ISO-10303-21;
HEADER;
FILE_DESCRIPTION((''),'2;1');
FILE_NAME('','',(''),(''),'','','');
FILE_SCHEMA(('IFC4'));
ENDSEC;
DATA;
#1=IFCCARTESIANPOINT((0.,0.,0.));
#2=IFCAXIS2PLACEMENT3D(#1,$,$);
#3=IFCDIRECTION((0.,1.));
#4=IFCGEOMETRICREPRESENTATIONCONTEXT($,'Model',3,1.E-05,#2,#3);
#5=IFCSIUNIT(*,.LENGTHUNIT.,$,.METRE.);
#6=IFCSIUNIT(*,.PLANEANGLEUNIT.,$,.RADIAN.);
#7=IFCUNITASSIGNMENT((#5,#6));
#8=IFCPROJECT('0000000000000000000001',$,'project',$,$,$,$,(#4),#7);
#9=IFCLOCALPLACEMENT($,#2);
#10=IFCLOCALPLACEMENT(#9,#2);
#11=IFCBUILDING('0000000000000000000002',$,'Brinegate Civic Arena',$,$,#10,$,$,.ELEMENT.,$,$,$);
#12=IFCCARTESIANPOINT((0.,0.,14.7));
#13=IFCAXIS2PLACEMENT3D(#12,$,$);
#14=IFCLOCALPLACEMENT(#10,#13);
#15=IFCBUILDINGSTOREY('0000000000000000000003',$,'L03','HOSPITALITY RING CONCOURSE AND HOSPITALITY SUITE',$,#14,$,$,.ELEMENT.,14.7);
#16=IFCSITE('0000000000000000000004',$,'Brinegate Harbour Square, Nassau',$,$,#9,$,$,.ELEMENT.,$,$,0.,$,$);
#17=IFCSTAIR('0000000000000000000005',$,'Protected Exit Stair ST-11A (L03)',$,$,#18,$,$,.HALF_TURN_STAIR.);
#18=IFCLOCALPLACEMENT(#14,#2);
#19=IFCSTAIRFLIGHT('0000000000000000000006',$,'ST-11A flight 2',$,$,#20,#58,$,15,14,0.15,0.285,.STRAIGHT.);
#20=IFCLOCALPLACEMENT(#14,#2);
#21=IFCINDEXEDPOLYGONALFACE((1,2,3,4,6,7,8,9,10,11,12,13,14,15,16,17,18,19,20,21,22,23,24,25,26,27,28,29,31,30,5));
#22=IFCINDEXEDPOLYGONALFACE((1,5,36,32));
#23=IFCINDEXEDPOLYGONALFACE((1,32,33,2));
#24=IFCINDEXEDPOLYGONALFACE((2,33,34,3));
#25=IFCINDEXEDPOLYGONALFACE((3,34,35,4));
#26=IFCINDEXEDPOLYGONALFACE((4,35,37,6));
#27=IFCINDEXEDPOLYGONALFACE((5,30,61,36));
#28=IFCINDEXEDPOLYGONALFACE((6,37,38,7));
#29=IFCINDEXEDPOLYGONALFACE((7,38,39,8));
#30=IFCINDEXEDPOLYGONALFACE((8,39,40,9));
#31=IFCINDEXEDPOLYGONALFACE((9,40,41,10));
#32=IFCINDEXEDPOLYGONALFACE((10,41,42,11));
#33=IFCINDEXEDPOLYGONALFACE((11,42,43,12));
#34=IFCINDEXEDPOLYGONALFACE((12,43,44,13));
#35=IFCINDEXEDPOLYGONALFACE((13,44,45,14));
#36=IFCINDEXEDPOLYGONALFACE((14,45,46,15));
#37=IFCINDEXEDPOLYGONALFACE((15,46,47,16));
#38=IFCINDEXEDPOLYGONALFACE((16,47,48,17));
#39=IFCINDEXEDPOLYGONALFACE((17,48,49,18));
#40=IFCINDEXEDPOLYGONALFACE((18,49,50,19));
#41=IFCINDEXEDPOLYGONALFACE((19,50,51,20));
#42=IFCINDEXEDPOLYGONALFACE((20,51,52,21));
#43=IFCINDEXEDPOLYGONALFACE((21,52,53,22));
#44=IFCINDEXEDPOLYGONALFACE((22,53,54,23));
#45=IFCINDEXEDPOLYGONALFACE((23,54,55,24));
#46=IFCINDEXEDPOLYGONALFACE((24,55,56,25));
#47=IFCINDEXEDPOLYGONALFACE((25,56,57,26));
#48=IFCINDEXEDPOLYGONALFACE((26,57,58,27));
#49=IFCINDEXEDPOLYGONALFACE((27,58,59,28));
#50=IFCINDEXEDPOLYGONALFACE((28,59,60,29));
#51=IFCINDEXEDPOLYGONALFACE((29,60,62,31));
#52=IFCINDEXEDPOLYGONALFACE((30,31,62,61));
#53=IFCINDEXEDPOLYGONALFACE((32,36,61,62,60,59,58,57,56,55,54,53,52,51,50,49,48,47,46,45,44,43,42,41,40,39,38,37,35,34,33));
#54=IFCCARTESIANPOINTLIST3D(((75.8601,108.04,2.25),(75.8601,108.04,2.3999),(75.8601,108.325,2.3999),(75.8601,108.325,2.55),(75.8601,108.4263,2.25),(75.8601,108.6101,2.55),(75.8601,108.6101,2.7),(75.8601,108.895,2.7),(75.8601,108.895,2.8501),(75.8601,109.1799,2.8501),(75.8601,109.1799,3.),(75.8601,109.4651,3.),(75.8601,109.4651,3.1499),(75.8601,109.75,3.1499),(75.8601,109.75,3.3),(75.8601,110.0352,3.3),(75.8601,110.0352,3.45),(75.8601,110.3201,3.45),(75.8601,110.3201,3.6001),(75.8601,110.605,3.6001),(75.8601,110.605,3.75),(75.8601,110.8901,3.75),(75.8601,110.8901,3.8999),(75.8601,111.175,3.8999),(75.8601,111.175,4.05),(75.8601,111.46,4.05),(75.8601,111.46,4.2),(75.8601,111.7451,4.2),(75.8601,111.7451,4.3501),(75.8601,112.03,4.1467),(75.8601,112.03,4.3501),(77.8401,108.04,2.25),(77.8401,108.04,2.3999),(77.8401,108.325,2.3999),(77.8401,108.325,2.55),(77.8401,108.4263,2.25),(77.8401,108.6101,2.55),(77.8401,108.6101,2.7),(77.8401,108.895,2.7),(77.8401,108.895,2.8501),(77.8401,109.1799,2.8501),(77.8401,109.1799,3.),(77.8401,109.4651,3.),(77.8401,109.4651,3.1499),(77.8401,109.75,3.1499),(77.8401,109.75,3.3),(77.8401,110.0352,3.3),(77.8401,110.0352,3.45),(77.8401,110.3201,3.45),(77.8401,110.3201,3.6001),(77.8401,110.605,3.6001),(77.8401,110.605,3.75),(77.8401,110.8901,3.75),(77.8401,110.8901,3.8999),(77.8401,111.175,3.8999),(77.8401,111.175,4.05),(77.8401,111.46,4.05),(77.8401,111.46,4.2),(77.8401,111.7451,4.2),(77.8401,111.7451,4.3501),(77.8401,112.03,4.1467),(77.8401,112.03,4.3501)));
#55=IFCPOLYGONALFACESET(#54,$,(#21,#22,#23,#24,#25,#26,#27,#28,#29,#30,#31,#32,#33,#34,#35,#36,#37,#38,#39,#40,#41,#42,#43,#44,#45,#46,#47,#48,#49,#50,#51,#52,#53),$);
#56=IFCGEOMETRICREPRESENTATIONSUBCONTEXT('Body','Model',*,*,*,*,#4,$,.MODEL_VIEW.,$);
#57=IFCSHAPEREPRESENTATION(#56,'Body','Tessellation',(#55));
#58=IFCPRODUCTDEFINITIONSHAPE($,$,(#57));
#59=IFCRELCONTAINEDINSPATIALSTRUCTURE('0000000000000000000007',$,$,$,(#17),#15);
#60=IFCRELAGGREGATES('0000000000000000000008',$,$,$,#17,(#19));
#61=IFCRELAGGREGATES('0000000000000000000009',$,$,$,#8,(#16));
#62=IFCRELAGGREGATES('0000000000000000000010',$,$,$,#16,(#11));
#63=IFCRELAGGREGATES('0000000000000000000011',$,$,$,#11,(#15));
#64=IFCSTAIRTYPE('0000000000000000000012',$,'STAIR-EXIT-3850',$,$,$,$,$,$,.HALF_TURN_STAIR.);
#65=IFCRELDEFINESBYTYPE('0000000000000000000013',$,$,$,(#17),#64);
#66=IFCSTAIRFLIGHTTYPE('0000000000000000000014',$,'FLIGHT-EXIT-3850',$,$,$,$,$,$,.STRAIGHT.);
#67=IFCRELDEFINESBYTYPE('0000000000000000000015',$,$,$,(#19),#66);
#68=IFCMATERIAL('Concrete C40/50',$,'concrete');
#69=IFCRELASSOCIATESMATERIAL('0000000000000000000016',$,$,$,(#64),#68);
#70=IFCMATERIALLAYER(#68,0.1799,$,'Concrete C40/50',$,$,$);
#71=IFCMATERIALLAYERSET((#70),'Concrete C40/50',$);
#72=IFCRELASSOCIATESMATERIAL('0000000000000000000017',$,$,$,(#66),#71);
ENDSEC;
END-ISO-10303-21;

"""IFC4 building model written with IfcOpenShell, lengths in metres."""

from ifc_helpers import new_model, si_unit, direction, frame, origin, place, context, subcontext, project, spatial, polyline, outline, extrude, material, layer, layer_set, type_object, element, aggregate, save


model = new_model("IFC4")

# Units and contexts
model_context = context("Model", 3, precision=1e-05, world=origin(), true_north=direction((0.0, 1.0)))
body_context = subcontext(model_context, "Body", "Model", "MODEL_VIEW")
ifc_project = project(units=[si_unit("LENGTHUNIT", "METRE"), si_unit("PLANEANGLEUNIT", "RADIAN")], contexts=[model_context])

# Site, building, storey
site_placement = place(None, origin())
site = spatial("IfcSite", under=ifc_project, at=site_placement, Name="Brinegate Harbour Square, Nassau", CompositionType="ELEMENT", RefElevation=0.0)
building_placement = place(site_placement, origin())
building = spatial("IfcBuilding", under=site, at=building_placement, Name="Brinegate Civic Arena", CompositionType="ELEMENT")
storey_placement = place(building_placement, frame((0.0, 0.0, 14.7)))
storey = spatial("IfcBuildingStorey", under=building, at=storey_placement, Name="L03", Description="HOSPITALITY RING CONCOURSE AND HOSPITALITY SUITE", CompositionType="ELEMENT", Elevation=14.7)

# Stair, stair flight
ifc_material_1 = material(Name="Concrete C40/50", Category="concrete")
stair_type_1 = type_object("IfcStairType", Name="STAIR-EXIT-3850", PredefinedType="HALF_TURN_STAIR", material=ifc_material_1)
stair_1_placement = place(storey_placement, origin())
stair_1 = element("IfcStair", 1, at=stair_1_placement, inside=storey, type_object=stair_type_1, Name="Protected Exit Stair ST-11A (L03)", PredefinedType="HALF_TURN_STAIR")
ifc_layer_1 = layer(ifc_material_1, 0.1799, Name="Concrete C40/50")
ifc_layer_set_1 = layer_set([ifc_layer_1], Name="Concrete C40/50")
stair_flight_type_1 = type_object("IfcStairFlightType", Name="FLIGHT-EXIT-3850", PredefinedType="STRAIGHT", material=ifc_layer_set_1)
stair_flight_1_placement = place(storey_placement, frame((76.8501, 108.04, 2.25), z_axis=(0.0, 0.0, 1.0), x_axis=(0.0, 1.0, 0.0)))
stair_flight_1 = element("IfcStairFlight", 2, at=stair_flight_1_placement, type_object=stair_flight_type_1, Name="ST-11A flight 2", NumberOfRisers=15, NumberOfTreads=14, PredefinedType="STRAIGHT", RiserHeight=0.15, TreadLength=0.285, context=body_context, shape_type="SweptSolid", body=[
    extrude(outline(polyline([(0.0, 0.0), (0.0, 0.1499), (0.2849, 0.1499), (0.2849, 0.3), (0.5701, 0.3), (0.5701, 0.45), (0.855, 0.45), (0.855, 0.6001), (1.1399, 0.6001), (1.1399, 0.75), (1.425, 0.75), (1.425, 0.8999), (1.71, 0.8999), (1.71, 1.05), (1.9951, 1.05), (1.9951, 1.2), (2.28, 1.2), (2.28, 1.3501), (2.5649, 1.3501), (2.5649, 1.5), (2.8501, 1.5), (2.8501, 1.6499), (3.135, 1.6499), (3.135, 1.8), (3.4199, 1.8), (3.4199, 1.95), (3.7051, 1.95), (3.7051, 2.1001), (3.99, 2.1001), (3.99, 2.25), (3.99, 1.8967), (0.3862, 0.0), (0.0, 0.0)])), frame((0.0, 0.99, 0.0), z_axis=(0.0, -1.0, 0.0), x_axis=(1.0, 0.0, 0.0)), (0.0, 0.0, 1.0), 1.98),
])
aggregate(stair_1, [stair_flight_1])

save(model, "model.ifc")
